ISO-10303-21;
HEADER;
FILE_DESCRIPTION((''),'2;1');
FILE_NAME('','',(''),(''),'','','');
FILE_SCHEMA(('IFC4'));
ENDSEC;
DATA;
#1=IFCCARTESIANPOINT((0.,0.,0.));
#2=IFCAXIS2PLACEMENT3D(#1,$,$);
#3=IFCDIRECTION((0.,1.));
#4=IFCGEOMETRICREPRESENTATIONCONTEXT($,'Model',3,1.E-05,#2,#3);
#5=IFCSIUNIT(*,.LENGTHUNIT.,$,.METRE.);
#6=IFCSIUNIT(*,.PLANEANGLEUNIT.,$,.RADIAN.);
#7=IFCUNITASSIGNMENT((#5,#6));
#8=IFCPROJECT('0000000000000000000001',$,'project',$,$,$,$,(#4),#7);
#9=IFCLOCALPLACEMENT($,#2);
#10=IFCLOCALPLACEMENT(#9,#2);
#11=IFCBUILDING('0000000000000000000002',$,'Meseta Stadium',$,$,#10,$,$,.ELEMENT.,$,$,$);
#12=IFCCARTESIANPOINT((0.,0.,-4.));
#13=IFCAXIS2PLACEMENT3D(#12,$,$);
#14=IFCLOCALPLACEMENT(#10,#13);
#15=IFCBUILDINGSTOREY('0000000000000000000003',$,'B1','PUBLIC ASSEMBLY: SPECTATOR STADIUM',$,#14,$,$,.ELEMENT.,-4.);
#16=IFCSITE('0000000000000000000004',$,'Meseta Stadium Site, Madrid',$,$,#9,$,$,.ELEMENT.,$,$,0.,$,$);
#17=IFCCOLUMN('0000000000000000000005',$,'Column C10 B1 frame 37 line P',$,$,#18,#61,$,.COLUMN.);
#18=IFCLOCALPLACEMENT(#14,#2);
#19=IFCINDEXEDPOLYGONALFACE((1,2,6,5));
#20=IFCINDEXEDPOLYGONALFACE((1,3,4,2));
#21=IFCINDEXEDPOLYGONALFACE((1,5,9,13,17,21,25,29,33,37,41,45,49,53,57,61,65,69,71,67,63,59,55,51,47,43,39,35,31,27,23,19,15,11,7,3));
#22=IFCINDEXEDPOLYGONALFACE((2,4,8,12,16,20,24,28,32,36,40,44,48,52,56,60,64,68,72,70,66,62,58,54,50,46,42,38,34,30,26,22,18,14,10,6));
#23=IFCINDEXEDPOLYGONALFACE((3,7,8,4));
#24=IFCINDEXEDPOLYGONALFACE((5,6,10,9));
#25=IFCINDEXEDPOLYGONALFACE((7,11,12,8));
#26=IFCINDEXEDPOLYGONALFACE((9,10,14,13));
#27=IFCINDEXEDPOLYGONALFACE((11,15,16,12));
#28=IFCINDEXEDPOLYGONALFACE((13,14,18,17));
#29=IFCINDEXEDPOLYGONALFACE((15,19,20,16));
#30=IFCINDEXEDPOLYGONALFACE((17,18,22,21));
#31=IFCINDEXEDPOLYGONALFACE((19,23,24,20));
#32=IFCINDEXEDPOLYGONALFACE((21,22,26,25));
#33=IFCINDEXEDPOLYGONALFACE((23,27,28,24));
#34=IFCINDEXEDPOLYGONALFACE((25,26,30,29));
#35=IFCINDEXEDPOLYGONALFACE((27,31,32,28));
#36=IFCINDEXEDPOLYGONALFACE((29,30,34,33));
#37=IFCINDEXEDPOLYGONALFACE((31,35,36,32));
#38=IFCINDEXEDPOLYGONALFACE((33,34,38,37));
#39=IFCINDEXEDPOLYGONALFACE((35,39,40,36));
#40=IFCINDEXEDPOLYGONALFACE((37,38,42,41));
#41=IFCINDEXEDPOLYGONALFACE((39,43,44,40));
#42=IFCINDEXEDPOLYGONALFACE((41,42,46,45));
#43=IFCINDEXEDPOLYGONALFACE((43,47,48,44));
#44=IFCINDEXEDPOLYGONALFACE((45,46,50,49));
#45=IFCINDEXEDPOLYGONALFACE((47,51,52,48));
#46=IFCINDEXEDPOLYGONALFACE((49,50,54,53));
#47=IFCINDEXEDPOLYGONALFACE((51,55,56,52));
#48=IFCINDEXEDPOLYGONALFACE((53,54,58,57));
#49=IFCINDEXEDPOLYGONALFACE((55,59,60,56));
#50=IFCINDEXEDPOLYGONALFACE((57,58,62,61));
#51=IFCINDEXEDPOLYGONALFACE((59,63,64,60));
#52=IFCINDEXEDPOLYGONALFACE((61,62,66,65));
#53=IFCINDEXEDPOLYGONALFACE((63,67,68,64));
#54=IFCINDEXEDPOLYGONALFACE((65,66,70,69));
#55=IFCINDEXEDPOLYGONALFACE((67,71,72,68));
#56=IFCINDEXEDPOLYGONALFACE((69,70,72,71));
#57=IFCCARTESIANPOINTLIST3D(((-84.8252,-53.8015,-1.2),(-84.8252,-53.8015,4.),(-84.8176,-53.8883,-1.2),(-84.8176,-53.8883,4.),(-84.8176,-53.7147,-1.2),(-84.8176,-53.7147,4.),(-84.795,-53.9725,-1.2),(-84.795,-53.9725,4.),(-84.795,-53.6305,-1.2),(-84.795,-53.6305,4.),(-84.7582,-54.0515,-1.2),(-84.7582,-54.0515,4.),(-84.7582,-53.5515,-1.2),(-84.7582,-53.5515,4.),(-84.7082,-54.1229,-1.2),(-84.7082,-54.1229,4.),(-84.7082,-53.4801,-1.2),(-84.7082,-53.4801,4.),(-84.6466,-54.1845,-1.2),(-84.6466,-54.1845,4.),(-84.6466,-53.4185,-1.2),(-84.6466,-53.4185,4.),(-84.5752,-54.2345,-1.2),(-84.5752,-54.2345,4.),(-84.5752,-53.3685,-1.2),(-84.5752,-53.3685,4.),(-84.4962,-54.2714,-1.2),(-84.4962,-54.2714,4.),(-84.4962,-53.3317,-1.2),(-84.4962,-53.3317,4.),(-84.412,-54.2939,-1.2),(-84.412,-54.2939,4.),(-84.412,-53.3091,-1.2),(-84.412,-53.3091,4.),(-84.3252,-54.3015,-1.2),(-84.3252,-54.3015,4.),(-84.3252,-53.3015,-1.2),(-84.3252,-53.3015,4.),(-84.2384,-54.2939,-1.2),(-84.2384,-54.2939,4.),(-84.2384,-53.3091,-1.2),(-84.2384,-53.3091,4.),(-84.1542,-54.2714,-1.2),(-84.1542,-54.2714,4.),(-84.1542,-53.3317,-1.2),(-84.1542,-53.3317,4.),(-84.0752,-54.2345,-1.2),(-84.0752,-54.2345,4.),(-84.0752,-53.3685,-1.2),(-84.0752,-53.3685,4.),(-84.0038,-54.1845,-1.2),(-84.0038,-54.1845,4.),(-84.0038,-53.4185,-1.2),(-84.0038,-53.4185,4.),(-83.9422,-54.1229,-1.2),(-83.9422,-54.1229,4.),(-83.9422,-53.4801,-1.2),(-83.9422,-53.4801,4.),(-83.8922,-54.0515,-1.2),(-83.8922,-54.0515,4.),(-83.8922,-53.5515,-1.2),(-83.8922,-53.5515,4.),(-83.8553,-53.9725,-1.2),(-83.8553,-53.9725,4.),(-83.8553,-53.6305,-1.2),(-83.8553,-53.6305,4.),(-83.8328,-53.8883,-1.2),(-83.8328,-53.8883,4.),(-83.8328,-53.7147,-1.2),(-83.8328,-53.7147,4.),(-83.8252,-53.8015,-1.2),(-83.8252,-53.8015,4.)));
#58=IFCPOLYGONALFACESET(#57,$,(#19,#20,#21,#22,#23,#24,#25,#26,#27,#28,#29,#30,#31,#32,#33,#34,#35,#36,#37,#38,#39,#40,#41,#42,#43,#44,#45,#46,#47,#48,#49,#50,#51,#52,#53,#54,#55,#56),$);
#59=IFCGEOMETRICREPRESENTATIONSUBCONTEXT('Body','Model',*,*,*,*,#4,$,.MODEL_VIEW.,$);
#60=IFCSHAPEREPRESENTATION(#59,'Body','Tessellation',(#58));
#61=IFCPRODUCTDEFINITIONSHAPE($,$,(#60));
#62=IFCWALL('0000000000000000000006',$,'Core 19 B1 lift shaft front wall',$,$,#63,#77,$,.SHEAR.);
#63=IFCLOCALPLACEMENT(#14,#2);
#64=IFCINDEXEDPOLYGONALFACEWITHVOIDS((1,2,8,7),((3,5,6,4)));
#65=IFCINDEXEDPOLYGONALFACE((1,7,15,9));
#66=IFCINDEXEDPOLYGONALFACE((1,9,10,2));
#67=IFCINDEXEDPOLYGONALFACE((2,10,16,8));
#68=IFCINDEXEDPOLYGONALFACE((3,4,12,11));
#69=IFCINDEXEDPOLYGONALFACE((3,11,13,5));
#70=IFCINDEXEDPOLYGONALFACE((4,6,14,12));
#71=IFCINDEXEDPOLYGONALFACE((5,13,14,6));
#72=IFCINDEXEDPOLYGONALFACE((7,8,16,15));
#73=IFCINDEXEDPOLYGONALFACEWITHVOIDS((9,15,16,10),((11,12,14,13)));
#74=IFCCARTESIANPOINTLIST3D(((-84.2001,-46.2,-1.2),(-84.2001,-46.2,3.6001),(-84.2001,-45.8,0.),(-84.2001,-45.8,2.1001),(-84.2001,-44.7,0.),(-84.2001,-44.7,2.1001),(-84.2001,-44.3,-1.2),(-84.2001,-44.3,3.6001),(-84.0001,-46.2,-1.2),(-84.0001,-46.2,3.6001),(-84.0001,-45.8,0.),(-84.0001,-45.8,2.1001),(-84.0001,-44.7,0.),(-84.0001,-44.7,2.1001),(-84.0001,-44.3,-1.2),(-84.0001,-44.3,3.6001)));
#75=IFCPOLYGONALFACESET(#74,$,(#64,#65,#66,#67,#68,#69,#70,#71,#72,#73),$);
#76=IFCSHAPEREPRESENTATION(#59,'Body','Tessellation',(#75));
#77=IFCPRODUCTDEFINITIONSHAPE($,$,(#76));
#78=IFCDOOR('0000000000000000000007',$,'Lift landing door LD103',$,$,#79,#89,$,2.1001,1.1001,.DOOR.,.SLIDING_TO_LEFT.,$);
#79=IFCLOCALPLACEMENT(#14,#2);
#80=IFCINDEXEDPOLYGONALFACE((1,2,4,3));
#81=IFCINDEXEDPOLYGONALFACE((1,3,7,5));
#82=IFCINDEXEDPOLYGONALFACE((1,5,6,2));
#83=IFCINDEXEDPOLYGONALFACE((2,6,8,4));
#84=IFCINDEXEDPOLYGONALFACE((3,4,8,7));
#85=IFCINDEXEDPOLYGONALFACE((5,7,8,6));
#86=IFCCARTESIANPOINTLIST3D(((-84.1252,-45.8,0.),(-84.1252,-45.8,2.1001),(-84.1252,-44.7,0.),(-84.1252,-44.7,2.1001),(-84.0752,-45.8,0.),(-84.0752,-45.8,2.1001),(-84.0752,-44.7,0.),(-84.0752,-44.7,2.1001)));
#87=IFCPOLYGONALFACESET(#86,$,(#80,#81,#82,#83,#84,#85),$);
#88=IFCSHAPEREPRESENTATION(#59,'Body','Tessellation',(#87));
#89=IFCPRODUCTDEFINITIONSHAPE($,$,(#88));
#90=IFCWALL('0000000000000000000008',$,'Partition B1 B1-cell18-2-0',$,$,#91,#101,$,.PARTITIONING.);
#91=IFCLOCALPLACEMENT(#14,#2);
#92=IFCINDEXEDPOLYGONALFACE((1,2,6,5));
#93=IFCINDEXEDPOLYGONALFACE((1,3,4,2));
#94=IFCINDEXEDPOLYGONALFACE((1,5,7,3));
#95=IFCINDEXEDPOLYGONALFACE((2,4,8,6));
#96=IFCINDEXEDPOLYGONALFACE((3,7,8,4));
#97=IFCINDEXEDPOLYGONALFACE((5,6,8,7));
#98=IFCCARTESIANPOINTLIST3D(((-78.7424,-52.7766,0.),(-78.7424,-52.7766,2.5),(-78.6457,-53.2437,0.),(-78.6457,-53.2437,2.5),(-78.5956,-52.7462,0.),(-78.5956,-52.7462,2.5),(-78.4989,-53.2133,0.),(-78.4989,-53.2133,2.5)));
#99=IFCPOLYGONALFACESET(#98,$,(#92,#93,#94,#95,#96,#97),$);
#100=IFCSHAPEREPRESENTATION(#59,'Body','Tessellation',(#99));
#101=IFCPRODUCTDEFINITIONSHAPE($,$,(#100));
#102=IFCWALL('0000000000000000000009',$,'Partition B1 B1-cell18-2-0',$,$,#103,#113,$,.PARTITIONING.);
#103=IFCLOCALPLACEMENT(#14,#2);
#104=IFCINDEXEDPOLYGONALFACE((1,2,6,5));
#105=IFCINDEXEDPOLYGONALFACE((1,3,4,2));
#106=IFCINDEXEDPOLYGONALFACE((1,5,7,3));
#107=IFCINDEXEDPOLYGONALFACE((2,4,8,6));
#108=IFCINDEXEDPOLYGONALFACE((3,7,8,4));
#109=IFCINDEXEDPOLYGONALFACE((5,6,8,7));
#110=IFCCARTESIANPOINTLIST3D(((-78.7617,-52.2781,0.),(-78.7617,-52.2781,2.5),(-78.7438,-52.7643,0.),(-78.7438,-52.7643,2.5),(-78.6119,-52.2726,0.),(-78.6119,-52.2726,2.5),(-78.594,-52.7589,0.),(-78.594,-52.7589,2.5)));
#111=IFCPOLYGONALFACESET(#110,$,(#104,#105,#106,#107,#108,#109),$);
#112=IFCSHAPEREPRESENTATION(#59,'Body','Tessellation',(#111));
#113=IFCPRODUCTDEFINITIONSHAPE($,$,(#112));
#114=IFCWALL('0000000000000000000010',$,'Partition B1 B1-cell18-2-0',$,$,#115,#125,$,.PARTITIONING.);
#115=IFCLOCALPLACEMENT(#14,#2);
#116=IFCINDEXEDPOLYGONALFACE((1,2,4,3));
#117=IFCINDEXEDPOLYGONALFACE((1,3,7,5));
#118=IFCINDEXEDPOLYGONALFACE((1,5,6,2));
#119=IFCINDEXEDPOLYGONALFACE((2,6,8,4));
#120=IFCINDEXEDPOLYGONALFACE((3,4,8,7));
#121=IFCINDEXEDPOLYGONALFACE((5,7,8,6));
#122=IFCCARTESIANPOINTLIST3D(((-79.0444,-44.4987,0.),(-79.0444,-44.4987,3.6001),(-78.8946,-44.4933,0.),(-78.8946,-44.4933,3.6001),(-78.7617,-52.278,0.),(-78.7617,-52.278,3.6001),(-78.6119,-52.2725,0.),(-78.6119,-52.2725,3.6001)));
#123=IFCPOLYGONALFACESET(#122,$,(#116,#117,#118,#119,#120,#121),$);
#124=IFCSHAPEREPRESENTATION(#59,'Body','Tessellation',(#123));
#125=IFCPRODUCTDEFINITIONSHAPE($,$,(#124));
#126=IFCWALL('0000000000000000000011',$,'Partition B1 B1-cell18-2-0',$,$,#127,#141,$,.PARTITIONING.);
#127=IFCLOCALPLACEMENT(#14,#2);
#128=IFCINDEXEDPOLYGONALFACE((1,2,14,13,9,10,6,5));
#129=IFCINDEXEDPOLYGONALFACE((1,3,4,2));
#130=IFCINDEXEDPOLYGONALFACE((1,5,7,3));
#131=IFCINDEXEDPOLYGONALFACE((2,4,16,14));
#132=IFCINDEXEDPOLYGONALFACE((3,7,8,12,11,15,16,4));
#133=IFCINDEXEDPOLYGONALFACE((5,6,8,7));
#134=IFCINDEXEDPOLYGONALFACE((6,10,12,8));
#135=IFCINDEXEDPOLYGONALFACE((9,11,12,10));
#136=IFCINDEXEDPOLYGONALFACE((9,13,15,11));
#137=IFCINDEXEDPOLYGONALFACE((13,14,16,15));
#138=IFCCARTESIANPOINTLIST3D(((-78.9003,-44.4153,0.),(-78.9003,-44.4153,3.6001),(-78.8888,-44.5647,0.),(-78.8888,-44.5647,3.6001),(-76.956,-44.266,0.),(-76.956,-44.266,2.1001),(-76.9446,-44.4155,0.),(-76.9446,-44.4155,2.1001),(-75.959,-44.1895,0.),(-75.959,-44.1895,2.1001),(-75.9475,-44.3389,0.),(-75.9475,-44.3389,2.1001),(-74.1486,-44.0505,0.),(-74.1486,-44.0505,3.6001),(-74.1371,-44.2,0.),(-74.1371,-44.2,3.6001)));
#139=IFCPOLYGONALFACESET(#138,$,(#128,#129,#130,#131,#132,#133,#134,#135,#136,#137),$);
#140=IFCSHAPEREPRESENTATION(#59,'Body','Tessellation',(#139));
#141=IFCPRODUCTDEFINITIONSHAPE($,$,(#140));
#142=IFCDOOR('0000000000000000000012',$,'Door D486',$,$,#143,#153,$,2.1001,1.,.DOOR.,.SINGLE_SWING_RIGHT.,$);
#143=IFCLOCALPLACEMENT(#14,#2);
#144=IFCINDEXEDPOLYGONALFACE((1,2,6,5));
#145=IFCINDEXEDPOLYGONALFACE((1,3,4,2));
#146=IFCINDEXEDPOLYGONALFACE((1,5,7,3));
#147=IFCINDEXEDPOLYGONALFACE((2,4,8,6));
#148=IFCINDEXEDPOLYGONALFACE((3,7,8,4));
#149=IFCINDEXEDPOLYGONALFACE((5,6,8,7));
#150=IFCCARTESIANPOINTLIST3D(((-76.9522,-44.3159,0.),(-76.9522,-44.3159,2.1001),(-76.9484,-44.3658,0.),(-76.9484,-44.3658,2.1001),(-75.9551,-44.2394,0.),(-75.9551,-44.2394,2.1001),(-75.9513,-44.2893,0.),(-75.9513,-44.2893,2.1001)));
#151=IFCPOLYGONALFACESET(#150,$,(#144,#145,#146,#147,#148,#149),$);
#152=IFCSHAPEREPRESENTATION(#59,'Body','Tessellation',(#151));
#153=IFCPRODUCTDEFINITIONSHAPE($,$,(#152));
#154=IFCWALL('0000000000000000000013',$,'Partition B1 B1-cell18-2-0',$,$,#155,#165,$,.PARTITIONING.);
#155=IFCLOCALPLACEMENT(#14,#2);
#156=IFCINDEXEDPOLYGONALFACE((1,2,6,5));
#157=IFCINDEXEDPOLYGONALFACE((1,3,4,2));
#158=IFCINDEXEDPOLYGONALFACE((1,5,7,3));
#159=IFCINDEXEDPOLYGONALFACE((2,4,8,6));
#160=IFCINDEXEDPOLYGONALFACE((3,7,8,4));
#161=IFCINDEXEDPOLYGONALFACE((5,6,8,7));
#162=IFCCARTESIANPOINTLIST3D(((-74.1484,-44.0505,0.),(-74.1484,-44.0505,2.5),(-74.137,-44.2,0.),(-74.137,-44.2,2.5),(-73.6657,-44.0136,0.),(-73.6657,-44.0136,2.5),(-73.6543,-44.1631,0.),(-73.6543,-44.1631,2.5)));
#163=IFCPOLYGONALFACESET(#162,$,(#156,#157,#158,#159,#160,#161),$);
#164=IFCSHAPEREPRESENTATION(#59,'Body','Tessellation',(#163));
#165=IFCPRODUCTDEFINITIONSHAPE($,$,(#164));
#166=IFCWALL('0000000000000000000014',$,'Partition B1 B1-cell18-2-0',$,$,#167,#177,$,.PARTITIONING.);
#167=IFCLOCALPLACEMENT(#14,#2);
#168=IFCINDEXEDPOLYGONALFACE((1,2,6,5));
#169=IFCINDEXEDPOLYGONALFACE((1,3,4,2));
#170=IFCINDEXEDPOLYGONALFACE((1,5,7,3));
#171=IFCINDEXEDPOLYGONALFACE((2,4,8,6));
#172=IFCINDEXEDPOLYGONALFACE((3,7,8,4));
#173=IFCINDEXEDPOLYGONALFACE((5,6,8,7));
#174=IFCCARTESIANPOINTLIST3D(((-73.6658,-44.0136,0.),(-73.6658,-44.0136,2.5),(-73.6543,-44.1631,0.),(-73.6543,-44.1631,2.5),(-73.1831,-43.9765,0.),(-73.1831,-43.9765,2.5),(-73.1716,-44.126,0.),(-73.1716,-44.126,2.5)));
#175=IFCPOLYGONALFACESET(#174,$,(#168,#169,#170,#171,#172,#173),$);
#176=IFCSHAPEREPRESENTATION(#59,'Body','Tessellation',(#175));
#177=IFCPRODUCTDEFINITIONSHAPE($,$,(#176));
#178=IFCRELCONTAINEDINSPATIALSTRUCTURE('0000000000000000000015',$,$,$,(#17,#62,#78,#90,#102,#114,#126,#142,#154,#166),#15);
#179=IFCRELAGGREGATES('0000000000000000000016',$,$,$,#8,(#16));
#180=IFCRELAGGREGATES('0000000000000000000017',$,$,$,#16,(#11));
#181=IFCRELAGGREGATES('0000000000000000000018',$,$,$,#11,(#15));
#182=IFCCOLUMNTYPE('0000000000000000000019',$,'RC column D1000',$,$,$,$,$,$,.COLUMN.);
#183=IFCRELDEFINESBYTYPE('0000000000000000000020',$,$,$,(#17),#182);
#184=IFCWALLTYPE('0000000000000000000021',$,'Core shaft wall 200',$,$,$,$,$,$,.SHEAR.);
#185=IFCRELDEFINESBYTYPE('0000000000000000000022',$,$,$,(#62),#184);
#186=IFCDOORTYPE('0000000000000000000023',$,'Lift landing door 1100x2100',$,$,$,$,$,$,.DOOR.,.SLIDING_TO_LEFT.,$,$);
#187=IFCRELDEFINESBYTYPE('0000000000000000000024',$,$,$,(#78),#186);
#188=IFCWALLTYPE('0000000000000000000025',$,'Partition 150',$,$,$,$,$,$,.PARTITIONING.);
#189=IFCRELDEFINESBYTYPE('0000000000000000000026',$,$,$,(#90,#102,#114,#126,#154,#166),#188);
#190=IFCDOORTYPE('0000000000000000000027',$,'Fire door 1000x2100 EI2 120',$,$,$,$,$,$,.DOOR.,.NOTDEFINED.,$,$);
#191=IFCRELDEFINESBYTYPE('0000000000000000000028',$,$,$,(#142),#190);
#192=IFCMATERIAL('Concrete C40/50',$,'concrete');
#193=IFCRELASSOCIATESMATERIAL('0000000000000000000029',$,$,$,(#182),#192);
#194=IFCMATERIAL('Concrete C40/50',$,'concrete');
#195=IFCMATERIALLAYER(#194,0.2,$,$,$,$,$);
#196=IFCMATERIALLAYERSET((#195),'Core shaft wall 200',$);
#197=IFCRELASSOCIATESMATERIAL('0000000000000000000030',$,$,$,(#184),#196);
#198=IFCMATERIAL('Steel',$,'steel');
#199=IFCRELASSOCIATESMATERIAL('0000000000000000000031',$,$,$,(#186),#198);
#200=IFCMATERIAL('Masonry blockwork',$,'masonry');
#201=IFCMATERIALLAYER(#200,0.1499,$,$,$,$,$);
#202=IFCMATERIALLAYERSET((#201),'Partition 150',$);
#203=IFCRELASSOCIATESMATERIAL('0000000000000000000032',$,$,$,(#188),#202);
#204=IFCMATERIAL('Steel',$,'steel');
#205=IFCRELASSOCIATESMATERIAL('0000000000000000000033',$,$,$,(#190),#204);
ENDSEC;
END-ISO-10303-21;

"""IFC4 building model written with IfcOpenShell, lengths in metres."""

from ifc_helpers import new_model, si_unit, direction, frame, frame_2d, origin, origin_2d, place, context, subcontext, project, spatial, rectangle, circle, extrude, material, layer, layer_set, material_profile, profile_set, type_object, element, fill, save


model = new_model("IFC4")

# Units and contexts
model_context = context("Model", 3, precision=1e-05, world=origin(), true_north=direction((0.0, 1.0)))
body_context = subcontext(model_context, "Body", "Model", "MODEL_VIEW")
ifc_project = project(units=[si_unit("LENGTHUNIT", "METRE"), si_unit("PLANEANGLEUNIT", "RADIAN")], contexts=[model_context])

# Site, building, storey
site_placement = place(None, origin())
site = spatial("IfcSite", under=ifc_project, at=site_placement, Name="Meseta Stadium Site, Madrid", CompositionType="ELEMENT", RefElevation=0.0)
building_placement = place(site_placement, origin())
building = spatial("IfcBuilding", under=site, at=building_placement, Name="Meseta Stadium", CompositionType="ELEMENT")
storey_placement = place(building_placement, frame((0.0, 0.0, -4.0)))
storey = spatial("IfcBuildingStorey", under=building, at=storey_placement, Name="B1", Description="PUBLIC ASSEMBLY: SPECTATOR STADIUM", CompositionType="ELEMENT", Elevation=-4.0)

# Column
ifc_material_1 = material(Name="Concrete C40/50", Category="concrete")
ifc_material_profile = material_profile(ifc_material_1, circle(Radius=0.5, at=origin_2d()), Name="RC D1000")
ifc_profile_set = profile_set([ifc_material_profile], Name="Concrete C40/50")
column_type = type_object("IfcColumnType", Name="RC column D1000", PredefinedType="COLUMN", material=ifc_profile_set)
column_placement = place(storey_placement, frame((-84.3252, -53.8015, -1.2), z_axis=(0.0, 0.0, 1.0), x_axis=(1.0, 0.0, 0.0)))
element("IfcColumn", 1, at=column_placement, inside=storey, type_object=column_type, Name="Column C10 B1 frame 37 line P", PredefinedType="COLUMN", context=body_context, shape_type="SweptSolid", body=[
    extrude(circle(Radius=0.5, at=origin_2d()), origin(), (0.0, 0.0, 1.0), 5.2),
])

# Wall, opening, door
ifc_material_2 = material(Name="Concrete C40/50", Category="concrete")
ifc_layer_1 = layer(ifc_material_2, 0.2)
ifc_layer_set_1 = layer_set([ifc_layer_1], Name="Core shaft wall 200")
wall_type_1 = type_object("IfcWallType", Name="Core shaft wall 200", PredefinedType="SHEAR", material=ifc_layer_set_1)
wall_1_placement = place(storey_placement, frame((-84.1001, -44.3, -1.2), z_axis=(0.0, 0.0, 1.0), x_axis=(0.0, -1.0, 0.0)))
wall_1 = element("IfcWall", 2, at=wall_1_placement, inside=storey, type_object=wall_type_1, Name="Core 19 B1 lift shaft front wall", PredefinedType="SHEAR", context=body_context, shape_type="SweptSolid", body=[
    extrude(rectangle(XDim=1.8999, YDim=0.2, at=frame_2d((0.95, 0.0))), origin(), (0.0, 0.0, 1.0), 4.8),
])
opening_1_placement = place(wall_1_placement, frame((0.3999, 0.0, 1.2)))
opening_1 = element("IfcOpeningElement", 3, at=opening_1_placement, cuts=wall_1, PredefinedType="OPENING", context=body_context, shape_type="SweptSolid", body=[
    extrude(rectangle(XDim=1.1001, YDim=2.1001, at=frame_2d((0.55, 1.05))), frame((0.0, 0.1099, 0.0), z_axis=(0.0, -1.0, 0.0), x_axis=(1.0, 0.0, 0.0)), (0.0, 0.0, 1.0), 0.22),
])
ifc_material_3 = material(Name="Steel", Category="steel")
door_type_1 = type_object("IfcDoorType", Name="Lift landing door 1100x2100", OperationType="SLIDING_TO_LEFT", PredefinedType="DOOR", material=ifc_material_3)
door_1_placement = place(opening_1_placement, origin())
door_1 = element("IfcDoor", 4, at=door_1_placement, inside=storey, type_object=door_type_1, Name="Lift landing door LD103", OperationType="SLIDING_TO_LEFT", OverallHeight=2.1001, OverallWidth=1.1001, PredefinedType="DOOR", context=body_context, shape_type="SweptSolid", body=[
    extrude(rectangle(XDim=1.1001, YDim=2.1001, at=frame_2d((0.55, 1.05))), frame((0.0, 0.0249, 0.0), z_axis=(0.0, -1.0, 0.0), x_axis=(1.0, 0.0, 0.0)), (0.0, 0.0, 1.0), 0.05),
])
fill(opening_1, door_1)

# Walls
ifc_material_4 = material(Name="Masonry blockwork", Category="masonry")
ifc_layer_2 = layer(ifc_material_4, 0.1499)
ifc_layer_set_2 = layer_set([ifc_layer_2], Name="Partition 150")
wall_type_2 = type_object("IfcWallType", Name="Partition 150", PredefinedType="PARTITIONING", material=ifc_layer_set_2)
wall_2_placement = place(storey_placement, frame((-78.5723, -53.2285, 0.0), z_axis=(0.0, 0.0, 1.0), x_axis=(-0.202707, 0.979239, 0.0)))
element("IfcWall", 5, at=wall_2_placement, inside=storey, type_object=wall_type_2, Name="Partition B1 B1-cell18-2-0", PredefinedType="PARTITIONING", context=body_context, shape_type="SweptSolid", body=[
    extrude(rectangle(XDim=0.4771, YDim=0.1499, at=frame_2d((0.2385, 0.0))), origin(), (0.0, 0.0, 1.0), 2.5),
])
wall_3_placement = place(storey_placement, frame((-78.6689, -52.7615, 0.0), z_axis=(0.0, 0.0, 1.0), x_axis=(-0.036622, 0.999329, 0.0)))
element("IfcWall", 6, at=wall_3_placement, inside=storey, type_object=wall_type_2, Name="Partition B1 B1-cell18-2-0", PredefinedType="PARTITIONING", context=body_context, shape_type="SweptSolid", body=[
    extrude(rectangle(XDim=0.4866, YDim=0.1499, at=frame_2d((0.2432, 0.0))), origin(), (0.0, 0.0, 1.0), 2.5),
])
wall_4_placement = place(storey_placement, frame((-78.6868, -52.2751, 0.0), z_axis=(0.0, 0.0, 1.0), x_axis=(-0.036318, 0.99934, 0.0)))
element("IfcWall", 7, at=wall_4_placement, inside=storey, type_object=wall_type_2, Name="Partition B1 B1-cell18-2-0", PredefinedType="PARTITIONING", context=body_context, shape_type="SweptSolid", body=[
    extrude(rectangle(XDim=7.7844, YDim=0.1499, at=frame_2d((3.8921, 0.0))), origin(), (0.0, 0.0, 1.0), 3.6001),
])

# Wall, opening, door
wall_5_placement = place(storey_placement, frame((-78.8945, -44.49, 0.0), z_axis=(0.0, 0.0, 1.0), x_axis=(0.997067, 0.076536, 0.0)))
wall_5 = element("IfcWall", 8, at=wall_5_placement, inside=storey, type_object=wall_type_2, Name="Partition B1 B1-cell18-2-0", PredefinedType="PARTITIONING", context=body_context, shape_type="SweptSolid", body=[
    extrude(rectangle(XDim=4.7656, YDim=0.1499, at=frame_2d((2.3828, 0.0))), origin(), (0.0, 0.0, 1.0), 3.6001),
])
opening_2_placement = place(wall_5_placement, frame((1.95, 0.0, 0.0)))
opening_2 = element("IfcOpeningElement", 9, at=opening_2_placement, cuts=wall_5, PredefinedType="OPENING", context=body_context, shape_type="SweptSolid", body=[
    extrude(rectangle(XDim=1.0, YDim=2.1001, at=frame_2d((0.5, 1.05))), frame((0.0, 0.085, 0.0), z_axis=(0.0, -1.0, 0.0), x_axis=(1.0, 0.0, 0.0)), (0.0, 0.0, 1.0), 0.1699),
])
ifc_material_5 = material(Name="Steel", Category="steel")
door_type_2 = type_object("IfcDoorType", Name="Fire door 1000x2100 EI2 120", OperationType="NOTDEFINED", PredefinedType="DOOR", material=ifc_material_5)
door_2_placement = place(opening_2_placement, origin())
door_2 = element("IfcDoor", 10, at=door_2_placement, inside=storey, type_object=door_type_2, Name="Door D486", OperationType="SINGLE_SWING_RIGHT", OverallHeight=2.1001, OverallWidth=1.0, PredefinedType="DOOR", context=body_context, shape_type="SweptSolid", body=[
    extrude(rectangle(XDim=1.0, YDim=2.1001, at=frame_2d((0.5, 1.05))), frame((0.0, 0.0249, 0.0), z_axis=(0.0, -1.0, 0.0), x_axis=(1.0, 0.0, 0.0)), (0.0, 0.0, 1.0), 0.05),
])
fill(opening_2, door_2)

# Walls
for number, where, z_axis, x_axis, name in (
    (11, (-74.1428, -44.1252, 0.0), (0.0, 0.0, 1.0), (0.997096, 0.076157, 0.0), "Partition B1 B1-cell18-2-0"),
    (12, (-73.6602, -44.0884, 0.0), (0.0, 0.0, 1.0), (0.997057, 0.076658, 0.0), "Partition B1 B1-cell18-2-0"),
):
    element("IfcWall", number, at=place(storey_placement, frame(where, z_axis=z_axis, x_axis=x_axis)), inside=storey, type_object=wall_type_2, Name=name, PredefinedType="PARTITIONING", context=body_context, shape_type="SweptSolid", body=[
        extrude(rectangle(XDim=0.4841, YDim=0.1499, at=frame_2d((0.2422, 0.0))), origin(), (0.0, 0.0, 1.0), 2.5),
    ])

save(model, "model.ifc")
